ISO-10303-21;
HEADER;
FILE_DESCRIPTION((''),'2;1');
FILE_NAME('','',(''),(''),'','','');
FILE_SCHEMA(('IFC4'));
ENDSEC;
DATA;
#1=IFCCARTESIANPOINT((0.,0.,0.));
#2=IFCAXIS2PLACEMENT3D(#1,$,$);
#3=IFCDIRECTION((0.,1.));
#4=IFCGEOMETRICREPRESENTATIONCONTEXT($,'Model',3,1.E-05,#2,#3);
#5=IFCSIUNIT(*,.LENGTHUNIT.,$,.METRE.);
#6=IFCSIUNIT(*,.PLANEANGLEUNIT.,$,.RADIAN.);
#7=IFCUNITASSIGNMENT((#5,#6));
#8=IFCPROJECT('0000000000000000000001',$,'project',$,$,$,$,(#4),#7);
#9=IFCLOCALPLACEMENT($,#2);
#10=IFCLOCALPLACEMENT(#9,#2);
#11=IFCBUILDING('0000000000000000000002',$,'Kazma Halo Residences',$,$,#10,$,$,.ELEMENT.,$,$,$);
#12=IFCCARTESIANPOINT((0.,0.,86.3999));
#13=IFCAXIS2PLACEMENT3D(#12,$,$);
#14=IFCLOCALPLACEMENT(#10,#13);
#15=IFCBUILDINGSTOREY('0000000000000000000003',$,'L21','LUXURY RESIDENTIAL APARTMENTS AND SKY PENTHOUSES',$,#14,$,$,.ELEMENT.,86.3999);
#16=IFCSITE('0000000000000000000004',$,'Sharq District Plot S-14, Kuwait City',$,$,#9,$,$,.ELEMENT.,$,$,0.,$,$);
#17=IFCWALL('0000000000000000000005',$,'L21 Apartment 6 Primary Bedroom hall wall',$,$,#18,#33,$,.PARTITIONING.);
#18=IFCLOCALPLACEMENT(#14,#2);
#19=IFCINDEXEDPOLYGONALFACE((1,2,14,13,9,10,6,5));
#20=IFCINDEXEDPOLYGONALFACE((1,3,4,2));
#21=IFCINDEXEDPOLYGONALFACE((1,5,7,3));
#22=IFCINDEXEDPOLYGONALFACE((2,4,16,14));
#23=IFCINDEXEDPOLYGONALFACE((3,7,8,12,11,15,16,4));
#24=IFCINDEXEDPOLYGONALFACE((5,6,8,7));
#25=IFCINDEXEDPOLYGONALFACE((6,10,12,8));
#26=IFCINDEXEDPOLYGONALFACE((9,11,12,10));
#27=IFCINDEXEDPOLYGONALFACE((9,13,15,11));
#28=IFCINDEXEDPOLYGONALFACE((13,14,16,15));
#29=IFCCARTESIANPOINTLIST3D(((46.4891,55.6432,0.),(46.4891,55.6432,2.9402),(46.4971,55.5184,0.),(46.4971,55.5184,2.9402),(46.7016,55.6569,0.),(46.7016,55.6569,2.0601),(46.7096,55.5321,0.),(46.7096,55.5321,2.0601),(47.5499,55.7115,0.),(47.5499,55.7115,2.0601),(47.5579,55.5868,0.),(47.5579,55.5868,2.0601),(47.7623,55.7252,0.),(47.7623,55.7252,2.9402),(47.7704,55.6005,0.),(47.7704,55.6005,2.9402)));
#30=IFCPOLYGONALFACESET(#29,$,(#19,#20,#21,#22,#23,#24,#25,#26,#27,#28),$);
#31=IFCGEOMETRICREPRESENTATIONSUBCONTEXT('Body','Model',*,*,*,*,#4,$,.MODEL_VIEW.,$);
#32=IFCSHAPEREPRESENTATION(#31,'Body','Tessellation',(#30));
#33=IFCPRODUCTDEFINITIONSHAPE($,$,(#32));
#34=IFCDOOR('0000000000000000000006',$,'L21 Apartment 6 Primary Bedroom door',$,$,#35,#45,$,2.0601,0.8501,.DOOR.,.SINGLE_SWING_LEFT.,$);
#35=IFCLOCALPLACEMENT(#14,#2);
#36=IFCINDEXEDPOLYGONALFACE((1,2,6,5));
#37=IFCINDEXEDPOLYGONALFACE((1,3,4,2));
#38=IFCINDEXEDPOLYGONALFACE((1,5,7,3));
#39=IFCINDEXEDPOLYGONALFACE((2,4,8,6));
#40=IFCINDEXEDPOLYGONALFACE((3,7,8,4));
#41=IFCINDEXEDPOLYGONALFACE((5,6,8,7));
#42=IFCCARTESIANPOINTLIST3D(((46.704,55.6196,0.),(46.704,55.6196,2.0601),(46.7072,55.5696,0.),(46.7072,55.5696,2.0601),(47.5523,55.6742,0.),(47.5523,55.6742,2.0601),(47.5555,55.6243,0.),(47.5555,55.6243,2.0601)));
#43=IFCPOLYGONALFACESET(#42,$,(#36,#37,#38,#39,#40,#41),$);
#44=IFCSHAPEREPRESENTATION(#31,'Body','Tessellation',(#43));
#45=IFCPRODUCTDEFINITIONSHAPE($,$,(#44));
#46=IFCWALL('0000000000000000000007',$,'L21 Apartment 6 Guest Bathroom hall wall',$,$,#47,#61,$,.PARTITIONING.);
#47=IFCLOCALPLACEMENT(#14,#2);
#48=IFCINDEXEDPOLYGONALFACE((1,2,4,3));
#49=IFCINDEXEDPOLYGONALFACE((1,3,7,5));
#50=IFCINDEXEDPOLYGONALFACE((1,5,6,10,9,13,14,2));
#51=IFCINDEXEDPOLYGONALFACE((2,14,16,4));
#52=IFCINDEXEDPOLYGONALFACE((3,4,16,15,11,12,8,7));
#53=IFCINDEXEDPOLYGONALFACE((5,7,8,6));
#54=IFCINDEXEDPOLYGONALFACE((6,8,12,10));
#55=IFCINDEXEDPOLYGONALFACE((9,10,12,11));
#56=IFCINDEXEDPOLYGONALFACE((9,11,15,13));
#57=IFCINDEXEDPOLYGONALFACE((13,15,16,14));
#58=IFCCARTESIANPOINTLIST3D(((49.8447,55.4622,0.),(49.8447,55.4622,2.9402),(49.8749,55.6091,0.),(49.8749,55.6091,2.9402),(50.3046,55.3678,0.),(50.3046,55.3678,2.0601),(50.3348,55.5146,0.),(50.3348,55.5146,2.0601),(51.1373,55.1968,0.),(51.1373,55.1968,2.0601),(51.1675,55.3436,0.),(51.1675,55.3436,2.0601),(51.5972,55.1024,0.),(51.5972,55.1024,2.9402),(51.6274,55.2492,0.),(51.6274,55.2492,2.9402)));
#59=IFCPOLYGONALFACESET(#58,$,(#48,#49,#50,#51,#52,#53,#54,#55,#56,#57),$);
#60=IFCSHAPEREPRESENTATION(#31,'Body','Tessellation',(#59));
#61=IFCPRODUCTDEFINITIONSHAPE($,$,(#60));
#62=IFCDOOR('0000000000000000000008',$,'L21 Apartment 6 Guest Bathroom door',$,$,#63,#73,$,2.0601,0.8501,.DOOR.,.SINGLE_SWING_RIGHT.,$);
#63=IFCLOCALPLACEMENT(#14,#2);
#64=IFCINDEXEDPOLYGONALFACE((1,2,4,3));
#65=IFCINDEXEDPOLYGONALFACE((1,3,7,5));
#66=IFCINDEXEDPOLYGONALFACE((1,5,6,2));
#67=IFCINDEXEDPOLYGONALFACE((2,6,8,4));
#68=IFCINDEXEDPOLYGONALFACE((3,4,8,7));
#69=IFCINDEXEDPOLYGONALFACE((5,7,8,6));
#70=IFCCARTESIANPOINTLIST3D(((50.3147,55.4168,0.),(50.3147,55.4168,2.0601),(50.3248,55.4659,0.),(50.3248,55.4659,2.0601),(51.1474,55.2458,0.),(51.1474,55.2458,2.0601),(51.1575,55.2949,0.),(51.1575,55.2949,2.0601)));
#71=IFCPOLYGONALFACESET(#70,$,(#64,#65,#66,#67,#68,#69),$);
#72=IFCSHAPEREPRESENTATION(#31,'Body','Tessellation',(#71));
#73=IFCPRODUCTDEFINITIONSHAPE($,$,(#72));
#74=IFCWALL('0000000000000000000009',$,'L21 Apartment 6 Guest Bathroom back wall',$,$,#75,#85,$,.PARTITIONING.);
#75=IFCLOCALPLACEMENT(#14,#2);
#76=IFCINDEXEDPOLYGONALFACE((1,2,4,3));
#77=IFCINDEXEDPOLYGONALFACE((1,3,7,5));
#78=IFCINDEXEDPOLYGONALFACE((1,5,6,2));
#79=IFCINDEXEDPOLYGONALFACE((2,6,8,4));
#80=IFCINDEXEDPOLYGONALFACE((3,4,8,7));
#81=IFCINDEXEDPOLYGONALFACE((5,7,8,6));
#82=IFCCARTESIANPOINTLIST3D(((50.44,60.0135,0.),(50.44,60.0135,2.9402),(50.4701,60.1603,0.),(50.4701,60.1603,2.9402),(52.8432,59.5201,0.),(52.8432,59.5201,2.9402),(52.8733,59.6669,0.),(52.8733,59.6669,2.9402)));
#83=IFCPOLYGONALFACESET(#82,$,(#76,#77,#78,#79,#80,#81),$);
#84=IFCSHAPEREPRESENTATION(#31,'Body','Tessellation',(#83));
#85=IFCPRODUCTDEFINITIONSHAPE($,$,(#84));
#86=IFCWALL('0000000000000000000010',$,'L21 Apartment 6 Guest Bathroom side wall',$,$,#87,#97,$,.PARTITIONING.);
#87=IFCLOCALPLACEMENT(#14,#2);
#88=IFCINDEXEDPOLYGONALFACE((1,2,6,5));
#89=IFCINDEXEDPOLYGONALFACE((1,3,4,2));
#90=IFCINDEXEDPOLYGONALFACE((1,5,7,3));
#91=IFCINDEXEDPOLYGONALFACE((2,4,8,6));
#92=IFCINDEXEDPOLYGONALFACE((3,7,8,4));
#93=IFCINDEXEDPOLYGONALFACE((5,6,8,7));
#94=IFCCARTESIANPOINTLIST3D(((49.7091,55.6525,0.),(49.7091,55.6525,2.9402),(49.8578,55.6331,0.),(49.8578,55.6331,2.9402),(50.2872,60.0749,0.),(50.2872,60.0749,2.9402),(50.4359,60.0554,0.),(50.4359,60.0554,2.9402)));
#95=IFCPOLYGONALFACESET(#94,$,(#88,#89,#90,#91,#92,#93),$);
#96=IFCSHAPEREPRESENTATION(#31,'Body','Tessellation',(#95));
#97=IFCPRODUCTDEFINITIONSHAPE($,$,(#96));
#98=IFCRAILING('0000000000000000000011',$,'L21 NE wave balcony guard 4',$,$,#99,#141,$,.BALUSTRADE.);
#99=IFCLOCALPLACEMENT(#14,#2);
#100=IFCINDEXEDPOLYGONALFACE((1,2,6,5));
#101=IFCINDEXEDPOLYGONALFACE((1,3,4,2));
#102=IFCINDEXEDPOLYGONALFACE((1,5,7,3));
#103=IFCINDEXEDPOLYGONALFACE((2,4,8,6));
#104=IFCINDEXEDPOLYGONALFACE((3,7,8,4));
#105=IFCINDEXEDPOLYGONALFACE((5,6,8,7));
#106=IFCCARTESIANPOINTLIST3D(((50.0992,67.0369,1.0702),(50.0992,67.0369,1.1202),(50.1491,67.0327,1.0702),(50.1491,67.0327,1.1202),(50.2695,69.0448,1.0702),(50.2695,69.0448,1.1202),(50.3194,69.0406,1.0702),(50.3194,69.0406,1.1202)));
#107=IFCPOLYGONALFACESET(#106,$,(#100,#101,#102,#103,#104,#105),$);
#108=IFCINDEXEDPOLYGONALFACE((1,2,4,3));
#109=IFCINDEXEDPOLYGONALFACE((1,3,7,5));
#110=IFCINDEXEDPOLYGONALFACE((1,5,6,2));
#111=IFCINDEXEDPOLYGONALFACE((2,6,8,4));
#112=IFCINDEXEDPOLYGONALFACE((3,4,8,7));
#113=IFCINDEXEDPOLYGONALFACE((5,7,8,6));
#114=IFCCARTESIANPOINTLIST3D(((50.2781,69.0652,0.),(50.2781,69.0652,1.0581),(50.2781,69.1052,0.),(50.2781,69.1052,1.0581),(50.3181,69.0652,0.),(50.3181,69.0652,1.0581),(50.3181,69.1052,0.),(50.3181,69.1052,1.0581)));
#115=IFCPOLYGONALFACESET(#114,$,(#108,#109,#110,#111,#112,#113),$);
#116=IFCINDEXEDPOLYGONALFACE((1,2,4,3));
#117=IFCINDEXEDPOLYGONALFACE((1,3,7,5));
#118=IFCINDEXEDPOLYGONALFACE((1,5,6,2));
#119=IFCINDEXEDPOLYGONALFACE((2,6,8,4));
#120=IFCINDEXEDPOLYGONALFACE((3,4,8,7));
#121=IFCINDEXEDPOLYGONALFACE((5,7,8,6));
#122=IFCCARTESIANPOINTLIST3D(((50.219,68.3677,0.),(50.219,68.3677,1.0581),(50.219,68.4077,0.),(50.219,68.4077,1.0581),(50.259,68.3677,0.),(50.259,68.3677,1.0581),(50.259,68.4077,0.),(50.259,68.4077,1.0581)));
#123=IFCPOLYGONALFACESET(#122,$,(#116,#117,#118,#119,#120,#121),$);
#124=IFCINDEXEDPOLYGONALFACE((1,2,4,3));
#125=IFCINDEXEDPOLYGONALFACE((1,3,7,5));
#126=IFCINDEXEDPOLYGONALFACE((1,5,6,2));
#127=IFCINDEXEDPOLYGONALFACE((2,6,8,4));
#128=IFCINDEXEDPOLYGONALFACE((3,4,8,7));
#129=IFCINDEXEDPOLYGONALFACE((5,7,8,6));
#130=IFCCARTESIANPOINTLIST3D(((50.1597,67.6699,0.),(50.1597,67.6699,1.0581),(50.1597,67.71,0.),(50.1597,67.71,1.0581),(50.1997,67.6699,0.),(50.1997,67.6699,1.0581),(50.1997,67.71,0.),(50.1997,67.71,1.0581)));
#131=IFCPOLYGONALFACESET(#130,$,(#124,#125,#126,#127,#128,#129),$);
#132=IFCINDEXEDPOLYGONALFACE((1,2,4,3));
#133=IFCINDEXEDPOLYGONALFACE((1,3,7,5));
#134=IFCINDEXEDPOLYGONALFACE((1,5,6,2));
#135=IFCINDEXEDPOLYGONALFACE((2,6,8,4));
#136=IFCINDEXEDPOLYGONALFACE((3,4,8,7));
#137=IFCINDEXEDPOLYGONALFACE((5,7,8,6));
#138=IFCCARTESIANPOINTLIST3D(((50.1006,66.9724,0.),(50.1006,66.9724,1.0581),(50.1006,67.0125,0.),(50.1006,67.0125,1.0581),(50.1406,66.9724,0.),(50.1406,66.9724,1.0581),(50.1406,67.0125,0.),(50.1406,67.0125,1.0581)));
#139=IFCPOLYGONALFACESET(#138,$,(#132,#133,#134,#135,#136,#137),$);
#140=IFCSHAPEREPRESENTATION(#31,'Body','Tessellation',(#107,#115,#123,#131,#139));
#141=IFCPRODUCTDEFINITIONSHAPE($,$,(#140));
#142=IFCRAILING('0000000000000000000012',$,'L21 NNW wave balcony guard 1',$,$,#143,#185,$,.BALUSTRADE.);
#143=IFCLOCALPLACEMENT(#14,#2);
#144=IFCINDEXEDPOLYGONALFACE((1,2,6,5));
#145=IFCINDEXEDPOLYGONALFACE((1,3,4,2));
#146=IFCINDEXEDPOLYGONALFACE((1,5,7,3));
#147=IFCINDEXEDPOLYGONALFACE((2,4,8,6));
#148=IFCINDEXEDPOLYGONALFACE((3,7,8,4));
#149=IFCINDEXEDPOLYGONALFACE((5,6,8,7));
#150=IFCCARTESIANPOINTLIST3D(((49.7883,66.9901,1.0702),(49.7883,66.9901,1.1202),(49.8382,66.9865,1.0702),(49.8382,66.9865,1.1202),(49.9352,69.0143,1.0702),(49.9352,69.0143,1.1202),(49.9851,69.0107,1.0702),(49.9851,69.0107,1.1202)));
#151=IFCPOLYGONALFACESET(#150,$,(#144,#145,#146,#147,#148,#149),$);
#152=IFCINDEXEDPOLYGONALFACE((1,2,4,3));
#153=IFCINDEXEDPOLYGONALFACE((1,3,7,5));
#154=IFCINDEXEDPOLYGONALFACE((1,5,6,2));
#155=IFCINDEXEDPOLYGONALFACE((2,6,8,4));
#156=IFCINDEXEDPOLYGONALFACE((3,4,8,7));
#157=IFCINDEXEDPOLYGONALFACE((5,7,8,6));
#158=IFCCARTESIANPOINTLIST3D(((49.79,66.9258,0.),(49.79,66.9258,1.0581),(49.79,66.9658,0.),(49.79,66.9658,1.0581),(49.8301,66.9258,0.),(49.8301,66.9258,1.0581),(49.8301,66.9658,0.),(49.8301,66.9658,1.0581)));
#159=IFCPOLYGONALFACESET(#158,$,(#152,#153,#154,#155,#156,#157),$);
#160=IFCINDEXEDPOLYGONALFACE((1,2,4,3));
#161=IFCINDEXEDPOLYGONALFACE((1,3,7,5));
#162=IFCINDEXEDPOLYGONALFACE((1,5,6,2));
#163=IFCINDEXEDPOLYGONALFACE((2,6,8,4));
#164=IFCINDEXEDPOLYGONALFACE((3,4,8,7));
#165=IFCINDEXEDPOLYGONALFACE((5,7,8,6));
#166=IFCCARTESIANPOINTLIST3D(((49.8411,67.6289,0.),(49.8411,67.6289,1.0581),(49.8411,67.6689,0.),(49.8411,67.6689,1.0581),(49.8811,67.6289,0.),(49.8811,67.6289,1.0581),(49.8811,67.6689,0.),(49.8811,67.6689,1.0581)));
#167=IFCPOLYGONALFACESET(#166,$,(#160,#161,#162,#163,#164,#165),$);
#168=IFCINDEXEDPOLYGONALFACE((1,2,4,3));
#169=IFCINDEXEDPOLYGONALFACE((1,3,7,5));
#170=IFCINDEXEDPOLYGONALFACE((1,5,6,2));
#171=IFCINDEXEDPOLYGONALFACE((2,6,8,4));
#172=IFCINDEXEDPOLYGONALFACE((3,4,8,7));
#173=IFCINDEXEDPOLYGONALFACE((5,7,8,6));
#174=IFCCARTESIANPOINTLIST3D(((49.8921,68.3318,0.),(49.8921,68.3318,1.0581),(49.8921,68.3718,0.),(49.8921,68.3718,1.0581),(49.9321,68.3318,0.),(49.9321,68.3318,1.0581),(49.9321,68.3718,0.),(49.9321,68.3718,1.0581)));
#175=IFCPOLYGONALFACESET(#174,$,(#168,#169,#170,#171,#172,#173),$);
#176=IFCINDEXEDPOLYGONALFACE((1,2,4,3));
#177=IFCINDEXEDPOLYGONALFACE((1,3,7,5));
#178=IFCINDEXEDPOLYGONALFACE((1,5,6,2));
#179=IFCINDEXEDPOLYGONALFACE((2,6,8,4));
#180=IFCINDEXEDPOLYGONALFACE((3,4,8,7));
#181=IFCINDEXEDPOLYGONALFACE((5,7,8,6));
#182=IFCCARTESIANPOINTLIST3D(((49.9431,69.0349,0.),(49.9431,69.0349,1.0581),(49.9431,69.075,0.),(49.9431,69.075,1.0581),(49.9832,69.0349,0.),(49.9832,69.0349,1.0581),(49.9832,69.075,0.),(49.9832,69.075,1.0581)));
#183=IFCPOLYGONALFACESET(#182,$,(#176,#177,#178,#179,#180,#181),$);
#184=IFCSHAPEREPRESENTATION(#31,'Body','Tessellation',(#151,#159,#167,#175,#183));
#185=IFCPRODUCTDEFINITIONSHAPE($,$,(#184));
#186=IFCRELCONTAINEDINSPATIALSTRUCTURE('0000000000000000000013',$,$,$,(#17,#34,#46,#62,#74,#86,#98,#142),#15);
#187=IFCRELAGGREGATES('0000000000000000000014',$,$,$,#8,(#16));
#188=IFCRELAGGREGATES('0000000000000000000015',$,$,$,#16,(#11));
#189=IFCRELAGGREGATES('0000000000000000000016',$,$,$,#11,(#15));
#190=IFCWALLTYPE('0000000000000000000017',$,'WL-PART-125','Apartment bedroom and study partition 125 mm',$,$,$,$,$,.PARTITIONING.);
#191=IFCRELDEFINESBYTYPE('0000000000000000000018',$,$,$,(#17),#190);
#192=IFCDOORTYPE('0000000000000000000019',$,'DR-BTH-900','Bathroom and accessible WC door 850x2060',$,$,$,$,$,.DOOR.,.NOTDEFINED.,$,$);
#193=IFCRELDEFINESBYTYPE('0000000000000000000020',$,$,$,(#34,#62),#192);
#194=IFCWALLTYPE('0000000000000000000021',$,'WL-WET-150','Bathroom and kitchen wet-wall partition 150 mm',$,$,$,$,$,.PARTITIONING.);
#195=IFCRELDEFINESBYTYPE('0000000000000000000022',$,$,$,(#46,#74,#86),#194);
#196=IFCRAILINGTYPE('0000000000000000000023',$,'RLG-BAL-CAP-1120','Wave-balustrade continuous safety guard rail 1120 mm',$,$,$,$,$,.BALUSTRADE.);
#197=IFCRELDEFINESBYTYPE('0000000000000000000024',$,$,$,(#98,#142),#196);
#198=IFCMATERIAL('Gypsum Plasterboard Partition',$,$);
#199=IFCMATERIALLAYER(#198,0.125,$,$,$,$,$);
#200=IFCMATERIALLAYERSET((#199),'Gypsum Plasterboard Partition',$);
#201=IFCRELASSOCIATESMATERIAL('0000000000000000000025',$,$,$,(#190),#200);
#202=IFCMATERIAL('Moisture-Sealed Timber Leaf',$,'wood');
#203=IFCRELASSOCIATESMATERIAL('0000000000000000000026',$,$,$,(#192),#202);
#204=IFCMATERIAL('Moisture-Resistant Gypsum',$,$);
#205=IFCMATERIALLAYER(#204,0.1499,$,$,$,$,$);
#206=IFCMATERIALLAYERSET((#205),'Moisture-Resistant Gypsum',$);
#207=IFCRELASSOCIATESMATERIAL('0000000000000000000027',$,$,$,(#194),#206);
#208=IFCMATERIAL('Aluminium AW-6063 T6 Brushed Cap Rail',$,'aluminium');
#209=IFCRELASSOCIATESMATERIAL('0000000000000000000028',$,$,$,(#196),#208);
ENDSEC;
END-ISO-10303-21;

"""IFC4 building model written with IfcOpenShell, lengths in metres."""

from ifc_helpers import new_model, si_unit, direction, frame, frame_2d, origin, origin_2d, place, context, subcontext, project, spatial, rectangle, extrude, material, layer, layer_set, type_object, element, fill, save


model = new_model("IFC4")

# Units and contexts
model_context = context("Model", 3, precision=1e-05, world=origin(), true_north=direction((0.0, 1.0)))
body_context = subcontext(model_context, "Body", "Model", "MODEL_VIEW")
ifc_project = project(units=[si_unit("LENGTHUNIT", "METRE"), si_unit("PLANEANGLEUNIT", "RADIAN")], contexts=[model_context])

# Site, building, storey
site_placement = place(None, origin())
site = spatial("IfcSite", under=ifc_project, at=site_placement, Name="Sharq District Plot S-14, Kuwait City", CompositionType="ELEMENT", RefElevation=0.0)
building_placement = place(site_placement, origin())
building = spatial("IfcBuilding", under=site, at=building_placement, Name="Kazma Halo Residences", CompositionType="ELEMENT")
storey_placement = place(building_placement, frame((0.0, 0.0, 86.3999)))
storey = spatial("IfcBuildingStorey", under=building, at=storey_placement, Name="L21", Description="LUXURY RESIDENTIAL APARTMENTS AND SKY PENTHOUSES", CompositionType="ELEMENT", Elevation=86.3999)

# Shared definitions
ifc_material_1 = material(Name="Gypsum Plasterboard Partition")
ifc_layer_1 = layer(ifc_material_1, 0.125)
ifc_layer_set_1 = layer_set([ifc_layer_1], Name="Gypsum Plasterboard Partition")
wall_type_1 = type_object("IfcWallType", Name="WL-PART-125", Description="Apartment bedroom and study partition 125 mm", PredefinedType="PARTITIONING", material=ifc_layer_set_1)
ifc_material_2 = material(Name="Moisture-Sealed Timber Leaf", Category="wood")
door_type_1 = type_object("IfcDoorType", Name="DR-BTH-900", Description="Bathroom and accessible WC door 850x2060", OperationType="NOTDEFINED", PredefinedType="DOOR", material=ifc_material_2)

# Walls, openings, doors
wall_1_placement = place(storey_placement, frame((47.7664, 55.6628, 0.0), z_axis=(0.0, 0.0, 1.0), x_axis=(-0.997931, -0.064296, 0.0)))
wall_1 = element("IfcWall", 1, at=wall_1_placement, inside=storey, type_object=wall_type_1, Name="L21 Apartment 6 Primary Bedroom hall wall", PredefinedType="PARTITIONING", context=body_context, shape_type="SweptSolid", body=[
    extrude(rectangle(XDim=1.2759, YDim=0.125, at=frame_2d((0.6379, 0.0))), origin(), (0.0, 0.0, 1.0), 2.9402),
])
opening_1_placement = place(wall_1_placement, frame((0.2129, 0.0, 0.0)))
opening_1 = element("IfcOpeningElement", 2, at=opening_1_placement, cuts=wall_1, PredefinedType="OPENING", context=body_context, shape_type="SweptSolid", body=[
    extrude(rectangle(XDim=0.8501, YDim=2.0601, at=frame_2d((0.425, 1.03))), frame((0.0, 0.0725, 0.0), z_axis=(0.0, -1.0, 0.0), x_axis=(1.0, 0.0, 0.0)), (0.0, 0.0, 1.0), 0.145),
])
door_1_placement = place(opening_1_placement, origin())
door_1 = element("IfcDoor", 3, at=door_1_placement, inside=storey, type_object=door_type_1, Name="L21 Apartment 6 Primary Bedroom door", OperationType="SINGLE_SWING_LEFT", OverallHeight=2.0601, OverallWidth=0.8501, PredefinedType="DOOR", context=body_context, shape_type="SweptSolid", body=[
    extrude(rectangle(XDim=0.8501, YDim=2.0601, at=frame_2d((0.425, 1.03))), frame((0.0, 0.0249, 0.0), z_axis=(0.0, -1.0, 0.0), x_axis=(1.0, 0.0, 0.0)), (0.0, 0.0, 1.0), 0.05),
])
fill(opening_1, door_1)
ifc_material_3 = material(Name="Moisture-Resistant Gypsum")
ifc_layer_2 = layer(ifc_material_3, 0.1499)
ifc_layer_set_2 = layer_set([ifc_layer_2], Name="Moisture-Resistant Gypsum")
wall_type_2 = type_object("IfcWallType", Name="WL-WET-150", Description="Bathroom and kitchen wet-wall partition 150 mm", PredefinedType="PARTITIONING", material=ifc_layer_set_2)
wall_2_placement = place(storey_placement, frame((51.6123, 55.1758, 0.0), z_axis=(0.0, 0.0, 1.0), x_axis=(-0.97956, 0.201152, 0.0)))
wall_2 = element("IfcWall", 4, at=wall_2_placement, inside=storey, type_object=wall_type_2, Name="L21 Apartment 6 Guest Bathroom hall wall", PredefinedType="PARTITIONING", context=body_context, shape_type="SweptSolid", body=[
    extrude(rectangle(XDim=1.7891, YDim=0.1499, at=frame_2d((0.8945, 0.0))), origin(), (0.0, 0.0, 1.0), 2.9402),
])
opening_2_placement = place(wall_2_placement, frame((0.4695, 0.0, 0.0)))
opening_2 = element("IfcOpeningElement", 5, at=opening_2_placement, cuts=wall_2, PredefinedType="OPENING", context=body_context, shape_type="SweptSolid", body=[
    extrude(rectangle(XDim=0.8501, YDim=2.0601, at=frame_2d((0.425, 1.03))), frame((0.0, 0.085, 0.0), z_axis=(0.0, -1.0, 0.0), x_axis=(1.0, 0.0, 0.0)), (0.0, 0.0, 1.0), 0.1699),
])
door_2_placement = place(opening_2_placement, origin())
door_2 = element("IfcDoor", 6, at=door_2_placement, inside=storey, type_object=door_type_1, Name="L21 Apartment 6 Guest Bathroom door", OperationType="SINGLE_SWING_RIGHT", OverallHeight=2.0601, OverallWidth=0.8501, PredefinedType="DOOR", context=body_context, shape_type="SweptSolid", body=[
    extrude(rectangle(XDim=0.8501, YDim=2.0601, at=frame_2d((0.425, 1.03))), frame((0.0, 0.0249, 0.0), z_axis=(0.0, -1.0, 0.0), x_axis=(1.0, 0.0, 0.0)), (0.0, 0.0, 1.0), 0.05),
])
fill(opening_2, door_2)

# Walls
wall_3_placement = place(storey_placement, frame((52.8582, 59.5935, 0.0), z_axis=(0.0, 0.0, 1.0), x_axis=(-0.979569, 0.201108, 0.0)))
element("IfcWall", 7, at=wall_3_placement, inside=storey, type_object=wall_type_2, Name="L21 Apartment 6 Guest Bathroom back wall", PredefinedType="PARTITIONING", context=body_context, shape_type="SweptSolid", body=[
    extrude(rectangle(XDim=2.4534, YDim=0.1499, at=frame_2d((1.2266, 0.0))), origin(), (0.0, 0.0, 1.0), 2.9402),
])
wall_4_placement = place(storey_placement, frame((49.7834, 55.6428, 0.0), z_axis=(0.0, 0.0, 1.0), x_axis=(0.129625, 0.991563, 0.0)))
element("IfcWall", 8, at=wall_4_placement, inside=storey, type_object=wall_type_2, Name="L21 Apartment 6 Guest Bathroom side wall", PredefinedType="PARTITIONING", context=body_context, shape_type="SweptSolid", body=[
    extrude(rectangle(XDim=4.46, YDim=0.1499, at=frame_2d((2.23, 0.0))), origin(), (0.0, 0.0, 1.0), 2.9402),
])

# Railings
ifc_material_4 = material(Name="Aluminium AW-6063 T6 Brushed Cap Rail", Category="aluminium")
railing_type = type_object("IfcRailingType", Name="RLG-BAL-CAP-1120", Description="Wave-balustrade continuous safety guard rail 1120 mm", PredefinedType="BALUSTRADE", material=ifc_material_4)
railing_1_placement = place(storey_placement, frame((50.2981, 69.0852, 0.0)))
element("IfcRailing", 9, at=railing_1_placement, inside=storey, type_object=railing_type, Name="L21 NE wave balcony guard 4", PredefinedType="BALUSTRADE", context=body_context, shape_type="SweptSolid", body=[
    extrude(rectangle(XDim=0.05, YDim=0.05, at=origin_2d()), frame((-0.0037, -0.0425, 1.0952), z_axis=(-0.084508, -0.996423, 0.0), x_axis=(0.996423, -0.084508, 0.0)), (0.0, 0.0, 1.0), 2.0151),
    extrude(rectangle(XDim=0.04, YDim=0.04, at=origin_2d()), origin(), (0.0, 0.0, 1.0), 1.0581),
    extrude(rectangle(XDim=0.04, YDim=0.04, at=origin_2d()), frame((-0.0591, -0.6975, 0.0)), (0.0, 0.0, 1.0), 1.0581),
    extrude(rectangle(XDim=0.04, YDim=0.04, at=origin_2d()), frame((-0.1184, -1.3953, 0.0)), (0.0, 0.0, 1.0), 1.0581),
    extrude(rectangle(XDim=0.04, YDim=0.04, at=origin_2d()), frame((-0.1775, -2.0928, 0.0)), (0.0, 0.0, 1.0), 1.0581),
])
railing_2_placement = place(storey_placement, frame((49.8101, 66.9458, 0.0)))
element("IfcRailing", 10, at=railing_2_placement, inside=storey, type_object=railing_type, Name="L21 NNW wave balcony guard 1", PredefinedType="BALUSTRADE", context=body_context, shape_type="SweptSolid", body=[
    extrude(rectangle(XDim=0.05, YDim=0.05, at=origin_2d()), frame((0.0032, 0.0425, 1.0952), z_axis=(0.072387, 0.997377, 0.0), x_axis=(-0.997377, 0.072387, 0.0)), (0.0, 0.0, 1.0), 2.0295),
    extrude(rectangle(XDim=0.04, YDim=0.04, at=origin_2d()), origin(), (0.0, 0.0, 1.0), 1.0581),
    extrude(rectangle(XDim=0.04, YDim=0.04, at=origin_2d()), frame((0.051, 0.7031, 0.0)), (0.0, 0.0, 1.0), 1.0581),
    extrude(rectangle(XDim=0.04, YDim=0.04, at=origin_2d()), frame((0.1021, 1.406, 0.0)), (0.0, 0.0, 1.0), 1.0581),
    extrude(rectangle(XDim=0.04, YDim=0.04, at=origin_2d()), frame((0.1531, 2.1091, 0.0)), (0.0, 0.0, 1.0), 1.0581),
])

save(model, "model.ifc")
